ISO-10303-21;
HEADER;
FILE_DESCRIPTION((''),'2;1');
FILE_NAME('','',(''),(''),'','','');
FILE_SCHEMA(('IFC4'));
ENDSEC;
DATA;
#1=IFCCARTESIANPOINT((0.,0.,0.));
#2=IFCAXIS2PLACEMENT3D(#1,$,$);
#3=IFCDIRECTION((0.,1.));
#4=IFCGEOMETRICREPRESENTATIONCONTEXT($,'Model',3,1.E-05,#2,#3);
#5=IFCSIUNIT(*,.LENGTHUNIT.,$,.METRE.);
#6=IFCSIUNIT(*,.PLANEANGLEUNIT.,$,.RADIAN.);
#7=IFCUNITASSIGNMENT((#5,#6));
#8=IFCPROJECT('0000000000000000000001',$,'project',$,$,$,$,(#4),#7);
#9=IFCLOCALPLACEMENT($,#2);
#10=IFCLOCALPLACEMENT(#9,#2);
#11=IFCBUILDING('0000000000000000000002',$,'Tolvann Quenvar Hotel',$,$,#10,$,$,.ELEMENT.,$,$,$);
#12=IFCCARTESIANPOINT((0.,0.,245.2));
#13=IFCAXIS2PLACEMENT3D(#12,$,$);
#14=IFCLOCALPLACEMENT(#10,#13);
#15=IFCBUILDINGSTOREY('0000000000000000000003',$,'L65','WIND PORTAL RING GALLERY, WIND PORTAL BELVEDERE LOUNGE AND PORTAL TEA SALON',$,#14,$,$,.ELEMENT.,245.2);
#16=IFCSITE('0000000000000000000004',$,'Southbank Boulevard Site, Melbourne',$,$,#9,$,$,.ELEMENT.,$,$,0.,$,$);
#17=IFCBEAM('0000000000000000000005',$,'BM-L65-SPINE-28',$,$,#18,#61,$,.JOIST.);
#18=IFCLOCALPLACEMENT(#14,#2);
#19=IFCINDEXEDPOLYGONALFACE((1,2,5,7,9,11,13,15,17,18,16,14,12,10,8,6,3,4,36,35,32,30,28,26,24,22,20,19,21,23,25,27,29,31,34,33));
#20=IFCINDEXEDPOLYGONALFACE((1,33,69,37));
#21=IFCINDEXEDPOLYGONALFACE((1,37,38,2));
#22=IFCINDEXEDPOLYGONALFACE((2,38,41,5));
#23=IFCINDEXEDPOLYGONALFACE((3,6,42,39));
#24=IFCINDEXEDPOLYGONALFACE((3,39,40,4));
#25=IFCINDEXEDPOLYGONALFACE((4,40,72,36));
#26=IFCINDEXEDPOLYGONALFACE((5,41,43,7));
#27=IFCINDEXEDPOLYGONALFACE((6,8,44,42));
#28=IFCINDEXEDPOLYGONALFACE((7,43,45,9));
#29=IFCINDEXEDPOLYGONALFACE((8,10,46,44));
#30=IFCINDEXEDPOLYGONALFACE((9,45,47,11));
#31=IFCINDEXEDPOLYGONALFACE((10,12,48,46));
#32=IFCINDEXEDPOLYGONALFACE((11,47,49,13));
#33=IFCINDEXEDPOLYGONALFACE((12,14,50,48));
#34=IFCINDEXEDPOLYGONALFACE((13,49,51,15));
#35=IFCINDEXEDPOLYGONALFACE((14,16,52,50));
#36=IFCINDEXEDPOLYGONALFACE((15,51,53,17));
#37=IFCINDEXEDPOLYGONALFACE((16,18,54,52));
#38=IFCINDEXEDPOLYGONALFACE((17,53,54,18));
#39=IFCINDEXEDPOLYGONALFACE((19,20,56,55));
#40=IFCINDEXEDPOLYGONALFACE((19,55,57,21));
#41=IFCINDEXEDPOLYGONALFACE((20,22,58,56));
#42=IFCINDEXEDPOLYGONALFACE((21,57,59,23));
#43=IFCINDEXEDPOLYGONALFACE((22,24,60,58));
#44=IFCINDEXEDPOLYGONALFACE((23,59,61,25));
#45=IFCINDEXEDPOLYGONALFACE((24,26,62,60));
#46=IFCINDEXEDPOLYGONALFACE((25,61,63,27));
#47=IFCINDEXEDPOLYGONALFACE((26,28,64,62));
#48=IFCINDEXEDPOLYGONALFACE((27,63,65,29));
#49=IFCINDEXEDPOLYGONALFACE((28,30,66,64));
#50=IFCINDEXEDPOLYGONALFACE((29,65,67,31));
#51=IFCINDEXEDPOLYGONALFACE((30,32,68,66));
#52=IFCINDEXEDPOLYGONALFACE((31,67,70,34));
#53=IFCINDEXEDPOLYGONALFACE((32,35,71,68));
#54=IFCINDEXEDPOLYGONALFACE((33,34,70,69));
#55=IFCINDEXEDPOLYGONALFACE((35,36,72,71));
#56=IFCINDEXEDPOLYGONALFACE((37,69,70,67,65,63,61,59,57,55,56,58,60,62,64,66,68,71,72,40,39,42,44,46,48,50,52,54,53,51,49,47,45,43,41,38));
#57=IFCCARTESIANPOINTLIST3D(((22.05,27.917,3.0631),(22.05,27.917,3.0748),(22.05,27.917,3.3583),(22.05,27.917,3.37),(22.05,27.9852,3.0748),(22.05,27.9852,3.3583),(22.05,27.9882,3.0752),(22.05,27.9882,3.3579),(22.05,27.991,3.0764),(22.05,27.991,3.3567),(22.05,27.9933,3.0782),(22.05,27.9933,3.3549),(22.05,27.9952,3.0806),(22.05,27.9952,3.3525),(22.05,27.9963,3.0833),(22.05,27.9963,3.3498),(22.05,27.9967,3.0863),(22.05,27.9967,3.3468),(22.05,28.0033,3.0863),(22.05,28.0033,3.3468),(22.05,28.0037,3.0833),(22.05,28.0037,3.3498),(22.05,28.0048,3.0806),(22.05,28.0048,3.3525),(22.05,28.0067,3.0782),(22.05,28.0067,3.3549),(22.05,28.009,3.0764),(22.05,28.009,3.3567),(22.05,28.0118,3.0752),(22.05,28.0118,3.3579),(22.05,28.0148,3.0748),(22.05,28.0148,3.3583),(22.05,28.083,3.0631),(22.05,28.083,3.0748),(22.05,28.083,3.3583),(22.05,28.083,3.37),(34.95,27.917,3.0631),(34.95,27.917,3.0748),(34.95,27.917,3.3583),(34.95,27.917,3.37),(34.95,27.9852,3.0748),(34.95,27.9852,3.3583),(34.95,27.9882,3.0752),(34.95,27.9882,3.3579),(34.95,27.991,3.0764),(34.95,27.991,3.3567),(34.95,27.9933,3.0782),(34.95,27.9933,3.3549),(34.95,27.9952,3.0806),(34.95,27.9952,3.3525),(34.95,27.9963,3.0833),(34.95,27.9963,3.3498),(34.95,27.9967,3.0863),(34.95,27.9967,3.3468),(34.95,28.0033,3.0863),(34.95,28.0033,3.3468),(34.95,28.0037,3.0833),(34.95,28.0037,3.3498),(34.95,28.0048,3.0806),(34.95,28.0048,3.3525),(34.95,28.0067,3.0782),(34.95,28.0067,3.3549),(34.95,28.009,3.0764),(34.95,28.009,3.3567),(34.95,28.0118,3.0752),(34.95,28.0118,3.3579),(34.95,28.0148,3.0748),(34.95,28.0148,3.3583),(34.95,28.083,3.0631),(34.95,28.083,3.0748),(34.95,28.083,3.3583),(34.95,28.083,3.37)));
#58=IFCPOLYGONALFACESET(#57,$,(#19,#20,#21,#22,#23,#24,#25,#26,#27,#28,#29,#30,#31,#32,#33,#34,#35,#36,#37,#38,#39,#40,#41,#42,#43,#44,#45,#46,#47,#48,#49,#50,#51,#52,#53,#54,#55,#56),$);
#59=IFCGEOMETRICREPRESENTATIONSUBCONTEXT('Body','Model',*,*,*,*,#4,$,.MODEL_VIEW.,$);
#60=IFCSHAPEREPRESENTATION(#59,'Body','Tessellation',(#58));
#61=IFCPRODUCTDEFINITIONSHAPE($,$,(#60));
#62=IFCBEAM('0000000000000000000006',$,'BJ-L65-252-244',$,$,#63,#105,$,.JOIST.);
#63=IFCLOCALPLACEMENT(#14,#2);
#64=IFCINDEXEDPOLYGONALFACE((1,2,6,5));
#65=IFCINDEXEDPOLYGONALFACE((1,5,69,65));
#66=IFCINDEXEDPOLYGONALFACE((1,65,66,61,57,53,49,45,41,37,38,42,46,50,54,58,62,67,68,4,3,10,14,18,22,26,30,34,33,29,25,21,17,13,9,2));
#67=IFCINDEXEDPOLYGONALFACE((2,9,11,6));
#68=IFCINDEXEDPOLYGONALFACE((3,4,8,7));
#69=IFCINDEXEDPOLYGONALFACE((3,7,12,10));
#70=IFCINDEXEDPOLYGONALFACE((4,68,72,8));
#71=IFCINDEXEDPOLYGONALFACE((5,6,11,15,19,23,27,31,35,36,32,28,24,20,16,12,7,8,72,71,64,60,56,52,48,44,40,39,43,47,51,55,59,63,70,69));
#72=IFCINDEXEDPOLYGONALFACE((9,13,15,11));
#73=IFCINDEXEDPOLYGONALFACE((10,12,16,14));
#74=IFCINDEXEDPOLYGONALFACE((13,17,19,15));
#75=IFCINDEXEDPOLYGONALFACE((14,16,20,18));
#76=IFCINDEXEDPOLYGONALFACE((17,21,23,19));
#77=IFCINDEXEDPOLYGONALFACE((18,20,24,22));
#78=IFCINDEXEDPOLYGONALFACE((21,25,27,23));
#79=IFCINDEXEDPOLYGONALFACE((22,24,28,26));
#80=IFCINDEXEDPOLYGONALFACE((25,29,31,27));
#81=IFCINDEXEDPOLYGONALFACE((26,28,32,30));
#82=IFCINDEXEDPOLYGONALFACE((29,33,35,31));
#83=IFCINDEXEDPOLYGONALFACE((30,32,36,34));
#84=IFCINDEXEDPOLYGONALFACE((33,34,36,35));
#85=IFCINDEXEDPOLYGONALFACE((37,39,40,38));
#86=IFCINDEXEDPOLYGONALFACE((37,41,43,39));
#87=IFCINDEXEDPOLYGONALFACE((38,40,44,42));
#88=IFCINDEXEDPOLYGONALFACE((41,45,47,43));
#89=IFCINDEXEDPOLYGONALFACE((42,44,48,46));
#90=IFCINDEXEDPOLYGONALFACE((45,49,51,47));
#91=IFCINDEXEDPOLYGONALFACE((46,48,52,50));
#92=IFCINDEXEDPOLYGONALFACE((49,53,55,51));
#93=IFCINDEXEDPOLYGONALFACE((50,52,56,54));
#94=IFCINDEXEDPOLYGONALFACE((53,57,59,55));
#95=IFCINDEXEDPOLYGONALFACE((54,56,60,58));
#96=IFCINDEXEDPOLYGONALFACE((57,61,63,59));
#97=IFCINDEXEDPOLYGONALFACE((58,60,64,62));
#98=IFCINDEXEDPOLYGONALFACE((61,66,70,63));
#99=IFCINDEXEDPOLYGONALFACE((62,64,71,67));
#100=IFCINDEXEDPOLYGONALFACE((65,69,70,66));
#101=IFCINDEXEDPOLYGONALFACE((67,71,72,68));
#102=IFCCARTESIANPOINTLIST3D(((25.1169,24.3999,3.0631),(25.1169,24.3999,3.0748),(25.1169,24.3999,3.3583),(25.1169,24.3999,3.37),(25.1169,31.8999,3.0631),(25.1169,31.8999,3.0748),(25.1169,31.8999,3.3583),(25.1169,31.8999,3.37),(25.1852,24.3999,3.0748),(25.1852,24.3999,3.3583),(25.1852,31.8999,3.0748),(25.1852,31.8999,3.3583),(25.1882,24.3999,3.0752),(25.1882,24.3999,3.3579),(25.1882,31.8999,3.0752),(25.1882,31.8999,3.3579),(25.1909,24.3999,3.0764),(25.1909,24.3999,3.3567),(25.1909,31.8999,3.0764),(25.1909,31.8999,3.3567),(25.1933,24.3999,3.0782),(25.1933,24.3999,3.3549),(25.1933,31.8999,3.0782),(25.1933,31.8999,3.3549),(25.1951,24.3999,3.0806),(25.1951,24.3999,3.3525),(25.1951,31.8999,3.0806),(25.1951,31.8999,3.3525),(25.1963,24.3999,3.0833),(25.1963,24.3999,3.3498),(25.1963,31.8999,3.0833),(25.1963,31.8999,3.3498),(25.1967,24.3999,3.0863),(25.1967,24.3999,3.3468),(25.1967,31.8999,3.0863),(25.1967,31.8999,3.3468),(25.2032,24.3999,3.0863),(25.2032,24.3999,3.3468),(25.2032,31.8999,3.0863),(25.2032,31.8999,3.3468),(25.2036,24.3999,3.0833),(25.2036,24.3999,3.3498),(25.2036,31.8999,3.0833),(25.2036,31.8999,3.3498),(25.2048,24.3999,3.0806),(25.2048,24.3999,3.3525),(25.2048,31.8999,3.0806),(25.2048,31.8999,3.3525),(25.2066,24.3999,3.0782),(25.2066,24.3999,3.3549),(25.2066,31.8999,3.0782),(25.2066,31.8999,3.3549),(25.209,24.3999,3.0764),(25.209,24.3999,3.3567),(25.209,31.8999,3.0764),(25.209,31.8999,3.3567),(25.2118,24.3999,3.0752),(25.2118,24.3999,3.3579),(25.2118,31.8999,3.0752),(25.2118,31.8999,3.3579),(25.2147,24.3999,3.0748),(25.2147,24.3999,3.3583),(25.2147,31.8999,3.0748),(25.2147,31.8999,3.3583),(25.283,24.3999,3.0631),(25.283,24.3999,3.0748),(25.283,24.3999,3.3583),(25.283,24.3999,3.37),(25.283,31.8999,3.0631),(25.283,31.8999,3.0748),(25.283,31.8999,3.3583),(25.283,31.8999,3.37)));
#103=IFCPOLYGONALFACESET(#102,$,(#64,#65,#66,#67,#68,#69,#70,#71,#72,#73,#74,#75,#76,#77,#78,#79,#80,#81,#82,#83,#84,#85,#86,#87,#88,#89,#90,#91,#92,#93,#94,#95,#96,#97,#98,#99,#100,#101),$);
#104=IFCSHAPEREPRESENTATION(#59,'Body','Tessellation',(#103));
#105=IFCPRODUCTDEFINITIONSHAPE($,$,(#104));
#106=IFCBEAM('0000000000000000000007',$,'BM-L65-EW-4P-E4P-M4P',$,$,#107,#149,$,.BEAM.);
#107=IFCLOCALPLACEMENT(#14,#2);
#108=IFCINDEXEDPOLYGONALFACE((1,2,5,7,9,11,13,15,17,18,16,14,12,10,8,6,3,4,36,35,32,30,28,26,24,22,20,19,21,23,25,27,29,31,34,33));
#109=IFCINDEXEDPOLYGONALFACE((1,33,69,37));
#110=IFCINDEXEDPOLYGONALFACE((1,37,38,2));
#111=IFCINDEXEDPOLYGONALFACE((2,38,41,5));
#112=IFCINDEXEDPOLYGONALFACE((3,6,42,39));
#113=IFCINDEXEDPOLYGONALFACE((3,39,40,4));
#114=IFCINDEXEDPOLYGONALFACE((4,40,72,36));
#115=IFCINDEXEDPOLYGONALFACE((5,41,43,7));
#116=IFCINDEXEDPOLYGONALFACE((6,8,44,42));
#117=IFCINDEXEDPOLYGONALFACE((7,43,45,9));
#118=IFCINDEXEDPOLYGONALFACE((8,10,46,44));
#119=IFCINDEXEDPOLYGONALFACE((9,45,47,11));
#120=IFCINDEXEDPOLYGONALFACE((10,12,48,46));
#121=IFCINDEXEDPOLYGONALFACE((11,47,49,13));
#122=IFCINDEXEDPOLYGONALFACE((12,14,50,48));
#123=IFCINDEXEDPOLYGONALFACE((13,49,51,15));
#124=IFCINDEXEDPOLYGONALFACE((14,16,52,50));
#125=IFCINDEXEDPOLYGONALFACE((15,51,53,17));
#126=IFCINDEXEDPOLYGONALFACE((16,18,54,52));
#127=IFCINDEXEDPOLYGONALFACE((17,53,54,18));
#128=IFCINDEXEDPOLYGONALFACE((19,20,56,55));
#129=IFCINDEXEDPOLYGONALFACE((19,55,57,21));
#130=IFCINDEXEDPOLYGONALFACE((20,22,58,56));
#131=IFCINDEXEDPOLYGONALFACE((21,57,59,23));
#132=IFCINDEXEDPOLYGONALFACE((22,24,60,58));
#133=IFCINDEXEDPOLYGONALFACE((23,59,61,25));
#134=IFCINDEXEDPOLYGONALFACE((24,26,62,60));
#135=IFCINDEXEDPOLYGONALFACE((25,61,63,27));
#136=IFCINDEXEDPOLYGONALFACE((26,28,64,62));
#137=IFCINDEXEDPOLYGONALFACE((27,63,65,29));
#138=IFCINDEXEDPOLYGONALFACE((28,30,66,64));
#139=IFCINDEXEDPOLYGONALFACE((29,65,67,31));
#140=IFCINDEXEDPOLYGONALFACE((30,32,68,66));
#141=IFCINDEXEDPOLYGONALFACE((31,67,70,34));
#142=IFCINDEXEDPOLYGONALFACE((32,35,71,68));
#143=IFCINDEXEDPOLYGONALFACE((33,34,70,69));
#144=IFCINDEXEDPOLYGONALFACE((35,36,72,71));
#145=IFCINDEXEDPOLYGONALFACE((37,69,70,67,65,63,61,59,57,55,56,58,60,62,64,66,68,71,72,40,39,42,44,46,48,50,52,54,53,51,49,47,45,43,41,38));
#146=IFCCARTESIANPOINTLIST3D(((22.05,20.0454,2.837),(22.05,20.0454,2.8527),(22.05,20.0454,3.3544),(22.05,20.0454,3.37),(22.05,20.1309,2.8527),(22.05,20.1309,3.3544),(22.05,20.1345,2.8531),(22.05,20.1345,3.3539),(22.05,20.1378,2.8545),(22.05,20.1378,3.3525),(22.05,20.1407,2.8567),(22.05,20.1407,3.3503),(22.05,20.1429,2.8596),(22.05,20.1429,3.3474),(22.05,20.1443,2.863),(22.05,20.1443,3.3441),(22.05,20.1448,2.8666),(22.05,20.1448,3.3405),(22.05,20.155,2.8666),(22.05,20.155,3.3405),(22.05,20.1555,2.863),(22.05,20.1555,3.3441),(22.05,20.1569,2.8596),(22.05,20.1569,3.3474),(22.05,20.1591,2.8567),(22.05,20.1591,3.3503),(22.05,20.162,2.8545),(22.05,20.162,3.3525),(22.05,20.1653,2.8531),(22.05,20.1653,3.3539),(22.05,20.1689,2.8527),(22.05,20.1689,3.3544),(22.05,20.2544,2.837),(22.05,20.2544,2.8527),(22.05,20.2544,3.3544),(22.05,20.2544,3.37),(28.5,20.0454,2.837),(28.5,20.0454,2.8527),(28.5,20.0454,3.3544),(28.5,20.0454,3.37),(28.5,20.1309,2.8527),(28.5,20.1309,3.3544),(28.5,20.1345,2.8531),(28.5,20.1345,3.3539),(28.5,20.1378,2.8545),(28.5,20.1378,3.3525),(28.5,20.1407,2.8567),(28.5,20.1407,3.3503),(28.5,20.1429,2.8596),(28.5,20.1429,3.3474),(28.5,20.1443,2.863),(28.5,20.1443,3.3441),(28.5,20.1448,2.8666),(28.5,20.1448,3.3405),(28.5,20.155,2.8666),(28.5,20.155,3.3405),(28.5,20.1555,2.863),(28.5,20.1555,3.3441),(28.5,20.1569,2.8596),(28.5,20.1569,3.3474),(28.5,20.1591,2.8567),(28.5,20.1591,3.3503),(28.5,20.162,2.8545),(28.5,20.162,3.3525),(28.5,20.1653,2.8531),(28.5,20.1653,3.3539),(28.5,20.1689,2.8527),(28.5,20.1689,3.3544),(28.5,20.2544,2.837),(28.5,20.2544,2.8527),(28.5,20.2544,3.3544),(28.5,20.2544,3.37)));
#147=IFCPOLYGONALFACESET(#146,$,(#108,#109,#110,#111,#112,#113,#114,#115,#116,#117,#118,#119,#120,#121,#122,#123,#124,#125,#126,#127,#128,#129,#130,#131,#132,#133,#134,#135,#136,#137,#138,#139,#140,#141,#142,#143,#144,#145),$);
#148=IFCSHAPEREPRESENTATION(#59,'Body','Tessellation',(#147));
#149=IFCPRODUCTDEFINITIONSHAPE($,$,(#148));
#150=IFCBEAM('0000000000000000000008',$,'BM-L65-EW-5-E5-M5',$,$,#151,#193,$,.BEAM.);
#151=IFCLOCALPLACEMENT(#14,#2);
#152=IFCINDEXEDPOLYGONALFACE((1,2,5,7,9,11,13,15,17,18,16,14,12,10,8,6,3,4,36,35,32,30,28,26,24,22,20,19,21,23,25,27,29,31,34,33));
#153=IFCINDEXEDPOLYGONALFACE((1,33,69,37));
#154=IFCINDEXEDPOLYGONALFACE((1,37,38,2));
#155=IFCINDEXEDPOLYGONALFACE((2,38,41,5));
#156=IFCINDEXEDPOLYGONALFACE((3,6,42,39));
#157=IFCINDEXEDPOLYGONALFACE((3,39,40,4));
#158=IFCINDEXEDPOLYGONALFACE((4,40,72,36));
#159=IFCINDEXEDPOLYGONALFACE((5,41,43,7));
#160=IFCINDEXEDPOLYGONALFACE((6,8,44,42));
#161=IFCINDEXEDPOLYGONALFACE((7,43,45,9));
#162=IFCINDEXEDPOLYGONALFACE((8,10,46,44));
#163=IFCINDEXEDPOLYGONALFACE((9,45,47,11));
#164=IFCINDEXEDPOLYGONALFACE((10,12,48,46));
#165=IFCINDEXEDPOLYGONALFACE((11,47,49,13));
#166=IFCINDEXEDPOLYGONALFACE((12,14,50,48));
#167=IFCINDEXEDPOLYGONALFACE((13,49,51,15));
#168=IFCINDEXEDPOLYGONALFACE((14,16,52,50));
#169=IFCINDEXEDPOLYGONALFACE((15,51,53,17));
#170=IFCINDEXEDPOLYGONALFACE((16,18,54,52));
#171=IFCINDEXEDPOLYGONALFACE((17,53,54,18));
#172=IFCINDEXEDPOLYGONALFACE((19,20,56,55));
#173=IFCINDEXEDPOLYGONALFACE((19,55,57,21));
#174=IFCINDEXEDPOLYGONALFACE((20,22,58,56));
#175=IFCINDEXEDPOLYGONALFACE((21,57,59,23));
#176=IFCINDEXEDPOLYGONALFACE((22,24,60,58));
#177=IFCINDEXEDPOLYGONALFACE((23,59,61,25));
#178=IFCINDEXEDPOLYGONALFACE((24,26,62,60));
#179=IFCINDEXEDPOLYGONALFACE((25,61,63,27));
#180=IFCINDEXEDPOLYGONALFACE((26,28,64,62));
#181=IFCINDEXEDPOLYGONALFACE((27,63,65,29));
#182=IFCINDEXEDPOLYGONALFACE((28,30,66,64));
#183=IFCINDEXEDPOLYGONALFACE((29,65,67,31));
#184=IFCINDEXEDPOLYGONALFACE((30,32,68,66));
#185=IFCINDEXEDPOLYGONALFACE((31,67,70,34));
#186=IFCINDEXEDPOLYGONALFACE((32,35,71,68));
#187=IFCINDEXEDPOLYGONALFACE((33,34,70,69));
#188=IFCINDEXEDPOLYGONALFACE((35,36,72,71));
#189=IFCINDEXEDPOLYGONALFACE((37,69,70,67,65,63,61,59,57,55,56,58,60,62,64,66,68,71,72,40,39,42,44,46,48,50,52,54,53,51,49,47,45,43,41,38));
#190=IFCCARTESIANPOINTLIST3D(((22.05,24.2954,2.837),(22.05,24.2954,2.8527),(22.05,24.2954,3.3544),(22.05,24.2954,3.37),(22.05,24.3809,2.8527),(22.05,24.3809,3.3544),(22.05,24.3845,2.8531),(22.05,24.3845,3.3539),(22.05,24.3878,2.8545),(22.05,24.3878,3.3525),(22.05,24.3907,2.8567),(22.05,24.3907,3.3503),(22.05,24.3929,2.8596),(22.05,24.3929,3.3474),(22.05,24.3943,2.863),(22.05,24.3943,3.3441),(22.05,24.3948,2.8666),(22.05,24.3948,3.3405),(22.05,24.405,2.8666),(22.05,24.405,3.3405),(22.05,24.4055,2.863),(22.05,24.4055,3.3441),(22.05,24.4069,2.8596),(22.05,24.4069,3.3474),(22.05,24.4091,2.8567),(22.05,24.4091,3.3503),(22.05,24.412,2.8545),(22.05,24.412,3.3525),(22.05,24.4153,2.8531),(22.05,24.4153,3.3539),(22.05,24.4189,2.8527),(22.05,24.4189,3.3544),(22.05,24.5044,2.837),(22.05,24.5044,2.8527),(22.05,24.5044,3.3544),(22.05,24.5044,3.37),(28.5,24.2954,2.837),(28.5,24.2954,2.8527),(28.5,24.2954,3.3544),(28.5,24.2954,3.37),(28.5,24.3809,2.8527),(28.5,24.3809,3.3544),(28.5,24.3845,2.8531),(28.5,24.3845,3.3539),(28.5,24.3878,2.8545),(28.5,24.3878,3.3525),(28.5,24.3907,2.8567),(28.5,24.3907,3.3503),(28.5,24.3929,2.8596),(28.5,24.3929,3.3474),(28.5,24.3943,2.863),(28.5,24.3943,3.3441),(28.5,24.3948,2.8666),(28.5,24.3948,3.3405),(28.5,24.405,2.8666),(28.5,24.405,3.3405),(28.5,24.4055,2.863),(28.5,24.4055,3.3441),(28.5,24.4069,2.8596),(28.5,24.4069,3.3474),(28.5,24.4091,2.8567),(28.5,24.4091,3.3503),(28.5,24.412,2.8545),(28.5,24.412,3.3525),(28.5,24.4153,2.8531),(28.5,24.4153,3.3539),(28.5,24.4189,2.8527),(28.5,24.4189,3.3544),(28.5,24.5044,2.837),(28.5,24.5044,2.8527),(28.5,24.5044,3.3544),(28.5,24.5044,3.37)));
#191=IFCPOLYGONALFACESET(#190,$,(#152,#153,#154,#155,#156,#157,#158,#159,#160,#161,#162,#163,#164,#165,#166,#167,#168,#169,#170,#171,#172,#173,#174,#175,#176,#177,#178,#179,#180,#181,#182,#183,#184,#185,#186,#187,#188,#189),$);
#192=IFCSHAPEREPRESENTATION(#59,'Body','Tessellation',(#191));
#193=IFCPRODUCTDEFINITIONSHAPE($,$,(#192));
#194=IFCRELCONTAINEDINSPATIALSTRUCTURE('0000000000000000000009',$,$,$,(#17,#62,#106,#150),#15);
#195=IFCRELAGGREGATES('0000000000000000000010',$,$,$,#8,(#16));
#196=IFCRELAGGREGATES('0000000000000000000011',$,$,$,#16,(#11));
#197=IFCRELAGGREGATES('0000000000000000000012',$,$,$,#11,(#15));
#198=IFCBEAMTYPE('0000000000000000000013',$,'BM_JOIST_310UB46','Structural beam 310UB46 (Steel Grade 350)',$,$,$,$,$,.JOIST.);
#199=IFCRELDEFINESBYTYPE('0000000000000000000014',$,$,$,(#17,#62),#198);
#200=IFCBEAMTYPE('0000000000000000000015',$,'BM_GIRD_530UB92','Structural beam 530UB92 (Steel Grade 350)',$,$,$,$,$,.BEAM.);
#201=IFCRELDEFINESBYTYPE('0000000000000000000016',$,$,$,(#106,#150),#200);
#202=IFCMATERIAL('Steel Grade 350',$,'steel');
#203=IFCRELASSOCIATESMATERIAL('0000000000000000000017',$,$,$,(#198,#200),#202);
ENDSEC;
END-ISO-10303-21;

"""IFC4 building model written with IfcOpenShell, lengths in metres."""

from ifc_helpers import new_model, si_unit, direction, frame, origin, origin_2d, place, context, subcontext, project, spatial, i_section, extrude, source, transform, mapped, material, material_profile, profile_set, type_object, type_shapes, element, save


model = new_model("IFC4")

# Units and contexts
model_context = context("Model", 3, precision=1e-05, world=origin(), true_north=direction((0.0, 1.0)))
body_context = subcontext(model_context, "Body", "Model", "MODEL_VIEW")
ifc_project = project(units=[si_unit("LENGTHUNIT", "METRE"), si_unit("PLANEANGLEUNIT", "RADIAN")], contexts=[model_context])

# Site, building, storey
site_placement = place(None, origin())
site = spatial("IfcSite", under=ifc_project, at=site_placement, Name="Southbank Boulevard Site, Melbourne", CompositionType="ELEMENT", RefElevation=0.0)
building_placement = place(site_placement, origin())
building = spatial("IfcBuilding", under=site, at=building_placement, Name="Tolvann Quenvar Hotel", CompositionType="ELEMENT")
storey_placement = place(building_placement, frame((0.0, 0.0, 245.2)))
storey = spatial("IfcBuildingStorey", under=building, at=storey_placement, Name="L65", Description="WIND PORTAL RING GALLERY, WIND PORTAL BELVEDERE LOUNGE AND PORTAL TEA SALON", CompositionType="ELEMENT", Elevation=245.2)

# Shared definitions
ifc_material_1 = material(Name="Steel Grade 350", Category="steel")

# Beams
ifc_material_profile_1 = material_profile(ifc_material_1, i_section(OverallWidth=0.166, OverallDepth=0.3069, WebThickness=0.0066, FlangeThickness=0.0117, FilletRadius=0.0115, at=origin_2d()), Name="310UB46")
ifc_profile_set_1 = profile_set([ifc_material_profile_1], Name="Steel Grade 350")
beam_type_1 = type_object("IfcBeamType", Name="BM_JOIST_310UB46", Description="Structural beam 310UB46 (Steel Grade 350)", PredefinedType="JOIST", material=ifc_profile_set_1)
shared_shape_1 = source(origin(), body_context, "Body", "SweptSolid", [
    extrude(i_section(OverallWidth=0.166, OverallDepth=0.3069, WebThickness=0.0066, FlangeThickness=0.0117, FilletRadius=0.0115, at=origin_2d()), origin(), (0.0, 0.0, 1.0), 12.8999),
])
beam_1_placement = place(storey_placement, frame((22.05, 28.0, 3.2166), z_axis=(1.0, 0.0, 0.0), x_axis=(0.0, 1.0, 0.0)))
element("IfcBeam", 1, at=beam_1_placement, inside=storey, type_object=beam_type_1, Name="BM-L65-SPINE-28", PredefinedType="JOIST", context=body_context, shape_type="MappedRepresentation", body=[
    mapped(shared_shape_1, transform((0.0, 0.0, 0.0), x_axis=(1.0, 0.0, 0.0), y_axis=(0.0, 1.0, 0.0), z_axis=(0.0, 0.0, 1.0), scale=1.0)),
])
shared_shape_2 = source(origin(), body_context, "Body", "SweptSolid", [
    extrude(i_section(OverallWidth=0.166, OverallDepth=0.3069, WebThickness=0.0066, FlangeThickness=0.0117, FilletRadius=0.0115, at=origin_2d()), origin(), (0.0, 0.0, 1.0), 7.5),
])
type_shapes(beam_type_1, [shared_shape_1, shared_shape_2])
beam_2_placement = place(storey_placement, frame((25.2, 24.3999, 3.2166), z_axis=(0.0, 1.0, 0.0), x_axis=(-1.0, 0.0, 0.0)))
element("IfcBeam", 2, at=beam_2_placement, inside=storey, type_object=beam_type_1, Name="BJ-L65-252-244", PredefinedType="JOIST", context=body_context, shape_type="MappedRepresentation", body=[
    mapped(shared_shape_2, transform((0.0, 0.0, 0.0), x_axis=(1.0, 0.0, 0.0), y_axis=(0.0, 1.0, 0.0), z_axis=(0.0, 0.0, 1.0), scale=1.0)),
])
ifc_material_profile_2 = material_profile(ifc_material_1, i_section(OverallWidth=0.209, OverallDepth=0.533, WebThickness=0.0103, FlangeThickness=0.0156, FilletRadius=0.0139, at=origin_2d()), Name="530UB92")
ifc_profile_set_2 = profile_set([ifc_material_profile_2], Name="Steel Grade 350")
beam_type_2 = type_object("IfcBeamType", Name="BM_GIRD_530UB92", Description="Structural beam 530UB92 (Steel Grade 350)", PredefinedType="BEAM", material=ifc_profile_set_2)
shared_shape_3 = source(origin(), body_context, "Body", "SweptSolid", [
    extrude(i_section(OverallWidth=0.209, OverallDepth=0.533, WebThickness=0.0103, FlangeThickness=0.0156, FilletRadius=0.0139, at=origin_2d()), origin(), (0.0, 0.0, 1.0), 6.45),
])
for number, where, z_axis, x_axis, name in (
    (3, (22.05, 20.1499, 3.1035), (1.0, 0.0, 0.0), (0.0, 1.0, 0.0), "BM-L65-EW-4P-E4P-M4P"),
    (4, (22.05, 24.3999, 3.1035), (1.0, 0.0, 0.0), (0.0, 1.0, 0.0), "BM-L65-EW-5-E5-M5"),
):
    element("IfcBeam", number, at=place(storey_placement, frame(where, z_axis=z_axis, x_axis=x_axis)), inside=storey, type_object=beam_type_2, Name=name, PredefinedType="BEAM", context=body_context, shape_type="MappedRepresentation", body=[
        mapped(shared_shape_3, transform((0.0, 0.0, 0.0), x_axis=(1.0, 0.0, 0.0), y_axis=(0.0, 1.0, 0.0), z_axis=(0.0, 0.0, 1.0), scale=1.0)),
    ])

save(model, "model.ifc")
